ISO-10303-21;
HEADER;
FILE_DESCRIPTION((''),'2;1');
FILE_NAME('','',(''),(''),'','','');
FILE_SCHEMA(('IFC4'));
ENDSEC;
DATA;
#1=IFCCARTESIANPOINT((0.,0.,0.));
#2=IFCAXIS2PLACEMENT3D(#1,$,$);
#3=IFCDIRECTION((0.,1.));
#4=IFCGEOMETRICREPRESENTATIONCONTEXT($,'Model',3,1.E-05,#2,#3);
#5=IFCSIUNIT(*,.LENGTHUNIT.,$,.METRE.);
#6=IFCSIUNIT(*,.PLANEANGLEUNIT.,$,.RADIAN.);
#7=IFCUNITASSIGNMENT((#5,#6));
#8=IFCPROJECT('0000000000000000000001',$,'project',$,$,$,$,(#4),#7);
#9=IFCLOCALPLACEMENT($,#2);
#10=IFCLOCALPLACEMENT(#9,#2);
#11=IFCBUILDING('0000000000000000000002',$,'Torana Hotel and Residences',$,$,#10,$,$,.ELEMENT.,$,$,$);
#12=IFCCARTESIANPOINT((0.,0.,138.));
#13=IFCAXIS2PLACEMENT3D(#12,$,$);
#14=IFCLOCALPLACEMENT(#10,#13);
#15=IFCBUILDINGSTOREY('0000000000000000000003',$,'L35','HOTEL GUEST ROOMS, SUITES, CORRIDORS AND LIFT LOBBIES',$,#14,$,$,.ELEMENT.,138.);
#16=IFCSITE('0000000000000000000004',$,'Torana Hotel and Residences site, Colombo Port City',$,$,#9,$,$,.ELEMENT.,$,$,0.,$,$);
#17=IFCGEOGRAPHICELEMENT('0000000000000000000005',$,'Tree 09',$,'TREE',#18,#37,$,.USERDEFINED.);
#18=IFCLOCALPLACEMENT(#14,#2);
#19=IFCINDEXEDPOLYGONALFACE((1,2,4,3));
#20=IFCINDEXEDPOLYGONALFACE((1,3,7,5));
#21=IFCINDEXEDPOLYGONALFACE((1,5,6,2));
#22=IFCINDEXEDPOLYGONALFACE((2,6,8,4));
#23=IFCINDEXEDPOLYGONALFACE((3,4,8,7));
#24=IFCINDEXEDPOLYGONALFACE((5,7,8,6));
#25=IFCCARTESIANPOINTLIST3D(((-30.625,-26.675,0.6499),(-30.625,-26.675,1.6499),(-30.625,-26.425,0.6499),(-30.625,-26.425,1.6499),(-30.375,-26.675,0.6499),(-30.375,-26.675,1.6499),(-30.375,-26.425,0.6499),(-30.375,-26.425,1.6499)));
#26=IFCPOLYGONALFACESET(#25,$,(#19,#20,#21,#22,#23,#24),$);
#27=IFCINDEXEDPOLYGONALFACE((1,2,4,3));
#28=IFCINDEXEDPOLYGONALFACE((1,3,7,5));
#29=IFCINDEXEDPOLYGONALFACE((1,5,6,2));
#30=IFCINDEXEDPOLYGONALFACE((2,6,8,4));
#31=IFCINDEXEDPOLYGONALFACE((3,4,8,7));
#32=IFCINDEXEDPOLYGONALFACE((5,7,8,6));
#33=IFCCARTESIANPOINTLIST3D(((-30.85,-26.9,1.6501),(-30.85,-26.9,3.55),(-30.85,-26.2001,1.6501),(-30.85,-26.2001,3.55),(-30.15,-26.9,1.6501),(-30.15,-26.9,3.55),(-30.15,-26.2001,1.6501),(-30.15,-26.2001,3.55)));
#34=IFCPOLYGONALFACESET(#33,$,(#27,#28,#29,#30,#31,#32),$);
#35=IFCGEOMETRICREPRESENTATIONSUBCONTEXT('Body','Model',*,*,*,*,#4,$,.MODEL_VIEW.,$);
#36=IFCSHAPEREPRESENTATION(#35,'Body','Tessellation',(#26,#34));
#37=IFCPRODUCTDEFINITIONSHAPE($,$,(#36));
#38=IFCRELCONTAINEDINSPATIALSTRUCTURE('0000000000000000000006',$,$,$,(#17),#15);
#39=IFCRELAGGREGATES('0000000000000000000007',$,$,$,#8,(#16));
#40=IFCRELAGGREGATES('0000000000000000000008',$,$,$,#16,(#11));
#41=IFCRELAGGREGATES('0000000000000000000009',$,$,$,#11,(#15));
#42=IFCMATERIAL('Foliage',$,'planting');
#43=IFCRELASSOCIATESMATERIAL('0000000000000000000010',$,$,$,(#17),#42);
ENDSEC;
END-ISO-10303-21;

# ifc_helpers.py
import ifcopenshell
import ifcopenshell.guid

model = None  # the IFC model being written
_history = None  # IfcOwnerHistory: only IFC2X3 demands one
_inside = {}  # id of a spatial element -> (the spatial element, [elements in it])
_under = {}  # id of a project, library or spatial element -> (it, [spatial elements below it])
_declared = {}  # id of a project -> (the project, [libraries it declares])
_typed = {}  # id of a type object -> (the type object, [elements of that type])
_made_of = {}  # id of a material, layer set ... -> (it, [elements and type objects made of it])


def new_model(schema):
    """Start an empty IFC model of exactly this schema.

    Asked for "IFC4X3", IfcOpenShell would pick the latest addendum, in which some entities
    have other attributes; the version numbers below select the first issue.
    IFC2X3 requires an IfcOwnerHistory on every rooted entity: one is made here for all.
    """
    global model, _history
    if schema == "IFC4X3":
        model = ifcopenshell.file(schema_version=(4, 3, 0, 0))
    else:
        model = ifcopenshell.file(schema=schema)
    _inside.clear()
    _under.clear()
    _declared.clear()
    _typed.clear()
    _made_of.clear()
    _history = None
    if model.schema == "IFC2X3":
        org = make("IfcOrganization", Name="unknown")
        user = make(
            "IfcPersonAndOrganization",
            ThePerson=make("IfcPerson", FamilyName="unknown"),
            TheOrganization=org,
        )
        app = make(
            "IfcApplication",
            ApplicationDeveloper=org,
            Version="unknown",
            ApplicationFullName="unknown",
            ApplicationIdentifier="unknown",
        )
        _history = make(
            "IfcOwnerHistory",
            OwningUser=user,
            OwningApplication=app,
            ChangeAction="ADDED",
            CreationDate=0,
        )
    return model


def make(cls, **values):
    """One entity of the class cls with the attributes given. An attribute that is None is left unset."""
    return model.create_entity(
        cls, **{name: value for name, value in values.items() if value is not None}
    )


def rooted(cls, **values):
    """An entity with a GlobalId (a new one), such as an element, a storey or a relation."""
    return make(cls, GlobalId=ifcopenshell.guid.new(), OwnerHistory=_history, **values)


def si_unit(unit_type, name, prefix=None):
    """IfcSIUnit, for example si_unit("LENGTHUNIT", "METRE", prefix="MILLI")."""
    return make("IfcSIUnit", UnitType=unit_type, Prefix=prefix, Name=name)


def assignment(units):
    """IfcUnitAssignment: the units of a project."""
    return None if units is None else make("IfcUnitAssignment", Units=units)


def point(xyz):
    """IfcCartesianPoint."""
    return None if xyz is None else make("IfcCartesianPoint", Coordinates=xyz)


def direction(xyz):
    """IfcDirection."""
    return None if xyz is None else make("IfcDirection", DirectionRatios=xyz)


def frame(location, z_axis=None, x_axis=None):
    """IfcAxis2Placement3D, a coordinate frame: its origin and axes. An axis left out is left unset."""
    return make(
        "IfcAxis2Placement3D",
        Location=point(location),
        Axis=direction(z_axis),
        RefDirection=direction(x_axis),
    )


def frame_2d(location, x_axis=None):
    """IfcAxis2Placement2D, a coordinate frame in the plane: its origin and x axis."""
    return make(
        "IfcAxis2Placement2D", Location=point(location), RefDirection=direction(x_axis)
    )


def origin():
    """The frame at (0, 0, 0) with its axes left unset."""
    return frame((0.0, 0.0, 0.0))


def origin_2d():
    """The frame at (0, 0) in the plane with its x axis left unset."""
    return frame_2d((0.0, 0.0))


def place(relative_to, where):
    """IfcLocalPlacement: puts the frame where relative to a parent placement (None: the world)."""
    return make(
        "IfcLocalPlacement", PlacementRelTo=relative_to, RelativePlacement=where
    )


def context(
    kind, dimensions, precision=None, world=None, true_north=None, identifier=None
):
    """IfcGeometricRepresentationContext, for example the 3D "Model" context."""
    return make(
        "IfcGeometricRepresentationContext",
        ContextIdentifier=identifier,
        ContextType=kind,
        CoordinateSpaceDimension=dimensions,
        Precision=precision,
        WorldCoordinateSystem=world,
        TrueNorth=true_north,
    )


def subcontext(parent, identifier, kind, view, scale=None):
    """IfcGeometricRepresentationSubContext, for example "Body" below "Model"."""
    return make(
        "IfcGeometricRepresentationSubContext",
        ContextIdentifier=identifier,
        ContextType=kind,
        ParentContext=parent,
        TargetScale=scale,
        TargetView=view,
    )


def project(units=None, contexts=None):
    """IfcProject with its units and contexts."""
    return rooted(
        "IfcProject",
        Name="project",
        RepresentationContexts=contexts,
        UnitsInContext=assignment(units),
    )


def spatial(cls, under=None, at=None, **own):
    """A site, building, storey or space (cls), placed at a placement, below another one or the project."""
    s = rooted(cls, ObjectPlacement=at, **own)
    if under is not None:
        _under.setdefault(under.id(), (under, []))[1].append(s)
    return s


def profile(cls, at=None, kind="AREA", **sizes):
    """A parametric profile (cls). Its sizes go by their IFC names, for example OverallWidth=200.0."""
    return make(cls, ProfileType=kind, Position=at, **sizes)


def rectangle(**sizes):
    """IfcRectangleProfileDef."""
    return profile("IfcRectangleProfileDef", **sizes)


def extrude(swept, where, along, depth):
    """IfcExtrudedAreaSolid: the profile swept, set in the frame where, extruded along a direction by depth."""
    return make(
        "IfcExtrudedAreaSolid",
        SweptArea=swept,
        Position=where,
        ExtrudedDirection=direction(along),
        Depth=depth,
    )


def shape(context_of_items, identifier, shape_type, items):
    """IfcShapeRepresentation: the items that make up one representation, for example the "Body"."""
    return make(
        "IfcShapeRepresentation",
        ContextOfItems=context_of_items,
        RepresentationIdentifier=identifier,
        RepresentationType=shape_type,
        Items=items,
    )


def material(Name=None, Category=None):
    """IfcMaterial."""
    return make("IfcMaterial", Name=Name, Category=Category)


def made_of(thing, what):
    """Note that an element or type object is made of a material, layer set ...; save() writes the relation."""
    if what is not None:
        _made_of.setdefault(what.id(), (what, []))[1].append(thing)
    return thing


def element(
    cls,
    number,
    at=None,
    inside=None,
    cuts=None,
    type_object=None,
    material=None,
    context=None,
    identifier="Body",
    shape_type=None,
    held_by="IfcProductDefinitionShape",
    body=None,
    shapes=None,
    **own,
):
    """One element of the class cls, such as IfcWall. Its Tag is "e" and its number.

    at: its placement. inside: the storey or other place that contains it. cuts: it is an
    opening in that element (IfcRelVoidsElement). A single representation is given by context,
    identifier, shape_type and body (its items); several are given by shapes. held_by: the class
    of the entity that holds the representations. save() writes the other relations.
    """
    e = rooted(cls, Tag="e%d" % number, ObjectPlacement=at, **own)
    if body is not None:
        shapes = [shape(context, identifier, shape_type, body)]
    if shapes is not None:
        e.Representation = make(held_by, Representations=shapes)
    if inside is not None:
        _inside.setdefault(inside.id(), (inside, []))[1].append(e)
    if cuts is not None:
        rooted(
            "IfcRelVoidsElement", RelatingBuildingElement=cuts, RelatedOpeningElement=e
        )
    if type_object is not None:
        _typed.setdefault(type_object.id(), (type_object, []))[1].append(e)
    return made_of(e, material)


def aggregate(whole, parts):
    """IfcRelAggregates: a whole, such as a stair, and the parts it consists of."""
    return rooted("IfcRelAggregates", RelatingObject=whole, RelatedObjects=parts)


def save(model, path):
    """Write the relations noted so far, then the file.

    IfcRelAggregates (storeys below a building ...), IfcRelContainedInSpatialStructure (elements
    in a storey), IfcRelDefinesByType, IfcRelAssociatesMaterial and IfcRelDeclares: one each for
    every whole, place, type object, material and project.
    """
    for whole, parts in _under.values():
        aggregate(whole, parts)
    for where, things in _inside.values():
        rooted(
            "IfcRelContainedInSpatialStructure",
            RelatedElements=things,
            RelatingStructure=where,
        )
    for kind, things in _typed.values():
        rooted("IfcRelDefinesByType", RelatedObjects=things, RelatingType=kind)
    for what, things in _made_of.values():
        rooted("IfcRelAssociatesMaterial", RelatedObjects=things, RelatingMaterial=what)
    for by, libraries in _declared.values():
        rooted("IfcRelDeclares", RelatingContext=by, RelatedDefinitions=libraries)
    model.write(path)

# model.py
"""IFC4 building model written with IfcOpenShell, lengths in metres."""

from ifc_helpers import new_model, si_unit, direction, frame, origin, origin_2d, place, context, subcontext, project, spatial, rectangle, extrude, material, element, save


model = new_model("IFC4")

# Units and contexts
model_context = context("Model", 3, precision=1e-05, world=origin(), true_north=direction((0.0, 1.0)))
body_context = subcontext(model_context, "Body", "Model", "MODEL_VIEW")
ifc_project = project(units=[si_unit("LENGTHUNIT", "METRE"), si_unit("PLANEANGLEUNIT", "RADIAN")], contexts=[model_context])

# Site, building, storey
site_placement = place(None, origin())
site = spatial("IfcSite", under=ifc_project, at=site_placement, Name="Torana Hotel and Residences site, Colombo Port City", CompositionType="ELEMENT", RefElevation=0.0)
building_placement = place(site_placement, origin())
building = spatial("IfcBuilding", under=site, at=building_placement, Name="Torana Hotel and Residences", CompositionType="ELEMENT")
storey_placement = place(building_placement, frame((0.0, 0.0, 138.0)))
storey = spatial("IfcBuildingStorey", under=building, at=storey_placement, Name="L35", Description="HOTEL GUEST ROOMS, SUITES, CORRIDORS AND LIFT LOBBIES", CompositionType="ELEMENT", Elevation=138.0)

# Geographic element
ifc_material_1 = material(Name="Foliage", Category="planting")
geographic_element_placement = place(storey_placement, frame((-30.5, -26.55, 0.6499), z_axis=(0.0, 0.0, 1.0), x_axis=(1.0, 0.0, 0.0)))
element("IfcGeographicElement", 1, at=geographic_element_placement, inside=storey, material=ifc_material_1, Name="Tree 09", ObjectType="TREE", PredefinedType="USERDEFINED", context=body_context, shape_type="SweptSolid", body=[
    extrude(rectangle(XDim=0.25, YDim=0.25, at=origin_2d()), origin(), (0.0, 0.0, 1.0), 1.0),
    extrude(rectangle(XDim=0.7, YDim=0.7, at=origin_2d()), frame((0.0, 0.0, 1.0002)), (0.0, 0.0, 1.0), 1.8999),
])

save(model, "model.ifc")
